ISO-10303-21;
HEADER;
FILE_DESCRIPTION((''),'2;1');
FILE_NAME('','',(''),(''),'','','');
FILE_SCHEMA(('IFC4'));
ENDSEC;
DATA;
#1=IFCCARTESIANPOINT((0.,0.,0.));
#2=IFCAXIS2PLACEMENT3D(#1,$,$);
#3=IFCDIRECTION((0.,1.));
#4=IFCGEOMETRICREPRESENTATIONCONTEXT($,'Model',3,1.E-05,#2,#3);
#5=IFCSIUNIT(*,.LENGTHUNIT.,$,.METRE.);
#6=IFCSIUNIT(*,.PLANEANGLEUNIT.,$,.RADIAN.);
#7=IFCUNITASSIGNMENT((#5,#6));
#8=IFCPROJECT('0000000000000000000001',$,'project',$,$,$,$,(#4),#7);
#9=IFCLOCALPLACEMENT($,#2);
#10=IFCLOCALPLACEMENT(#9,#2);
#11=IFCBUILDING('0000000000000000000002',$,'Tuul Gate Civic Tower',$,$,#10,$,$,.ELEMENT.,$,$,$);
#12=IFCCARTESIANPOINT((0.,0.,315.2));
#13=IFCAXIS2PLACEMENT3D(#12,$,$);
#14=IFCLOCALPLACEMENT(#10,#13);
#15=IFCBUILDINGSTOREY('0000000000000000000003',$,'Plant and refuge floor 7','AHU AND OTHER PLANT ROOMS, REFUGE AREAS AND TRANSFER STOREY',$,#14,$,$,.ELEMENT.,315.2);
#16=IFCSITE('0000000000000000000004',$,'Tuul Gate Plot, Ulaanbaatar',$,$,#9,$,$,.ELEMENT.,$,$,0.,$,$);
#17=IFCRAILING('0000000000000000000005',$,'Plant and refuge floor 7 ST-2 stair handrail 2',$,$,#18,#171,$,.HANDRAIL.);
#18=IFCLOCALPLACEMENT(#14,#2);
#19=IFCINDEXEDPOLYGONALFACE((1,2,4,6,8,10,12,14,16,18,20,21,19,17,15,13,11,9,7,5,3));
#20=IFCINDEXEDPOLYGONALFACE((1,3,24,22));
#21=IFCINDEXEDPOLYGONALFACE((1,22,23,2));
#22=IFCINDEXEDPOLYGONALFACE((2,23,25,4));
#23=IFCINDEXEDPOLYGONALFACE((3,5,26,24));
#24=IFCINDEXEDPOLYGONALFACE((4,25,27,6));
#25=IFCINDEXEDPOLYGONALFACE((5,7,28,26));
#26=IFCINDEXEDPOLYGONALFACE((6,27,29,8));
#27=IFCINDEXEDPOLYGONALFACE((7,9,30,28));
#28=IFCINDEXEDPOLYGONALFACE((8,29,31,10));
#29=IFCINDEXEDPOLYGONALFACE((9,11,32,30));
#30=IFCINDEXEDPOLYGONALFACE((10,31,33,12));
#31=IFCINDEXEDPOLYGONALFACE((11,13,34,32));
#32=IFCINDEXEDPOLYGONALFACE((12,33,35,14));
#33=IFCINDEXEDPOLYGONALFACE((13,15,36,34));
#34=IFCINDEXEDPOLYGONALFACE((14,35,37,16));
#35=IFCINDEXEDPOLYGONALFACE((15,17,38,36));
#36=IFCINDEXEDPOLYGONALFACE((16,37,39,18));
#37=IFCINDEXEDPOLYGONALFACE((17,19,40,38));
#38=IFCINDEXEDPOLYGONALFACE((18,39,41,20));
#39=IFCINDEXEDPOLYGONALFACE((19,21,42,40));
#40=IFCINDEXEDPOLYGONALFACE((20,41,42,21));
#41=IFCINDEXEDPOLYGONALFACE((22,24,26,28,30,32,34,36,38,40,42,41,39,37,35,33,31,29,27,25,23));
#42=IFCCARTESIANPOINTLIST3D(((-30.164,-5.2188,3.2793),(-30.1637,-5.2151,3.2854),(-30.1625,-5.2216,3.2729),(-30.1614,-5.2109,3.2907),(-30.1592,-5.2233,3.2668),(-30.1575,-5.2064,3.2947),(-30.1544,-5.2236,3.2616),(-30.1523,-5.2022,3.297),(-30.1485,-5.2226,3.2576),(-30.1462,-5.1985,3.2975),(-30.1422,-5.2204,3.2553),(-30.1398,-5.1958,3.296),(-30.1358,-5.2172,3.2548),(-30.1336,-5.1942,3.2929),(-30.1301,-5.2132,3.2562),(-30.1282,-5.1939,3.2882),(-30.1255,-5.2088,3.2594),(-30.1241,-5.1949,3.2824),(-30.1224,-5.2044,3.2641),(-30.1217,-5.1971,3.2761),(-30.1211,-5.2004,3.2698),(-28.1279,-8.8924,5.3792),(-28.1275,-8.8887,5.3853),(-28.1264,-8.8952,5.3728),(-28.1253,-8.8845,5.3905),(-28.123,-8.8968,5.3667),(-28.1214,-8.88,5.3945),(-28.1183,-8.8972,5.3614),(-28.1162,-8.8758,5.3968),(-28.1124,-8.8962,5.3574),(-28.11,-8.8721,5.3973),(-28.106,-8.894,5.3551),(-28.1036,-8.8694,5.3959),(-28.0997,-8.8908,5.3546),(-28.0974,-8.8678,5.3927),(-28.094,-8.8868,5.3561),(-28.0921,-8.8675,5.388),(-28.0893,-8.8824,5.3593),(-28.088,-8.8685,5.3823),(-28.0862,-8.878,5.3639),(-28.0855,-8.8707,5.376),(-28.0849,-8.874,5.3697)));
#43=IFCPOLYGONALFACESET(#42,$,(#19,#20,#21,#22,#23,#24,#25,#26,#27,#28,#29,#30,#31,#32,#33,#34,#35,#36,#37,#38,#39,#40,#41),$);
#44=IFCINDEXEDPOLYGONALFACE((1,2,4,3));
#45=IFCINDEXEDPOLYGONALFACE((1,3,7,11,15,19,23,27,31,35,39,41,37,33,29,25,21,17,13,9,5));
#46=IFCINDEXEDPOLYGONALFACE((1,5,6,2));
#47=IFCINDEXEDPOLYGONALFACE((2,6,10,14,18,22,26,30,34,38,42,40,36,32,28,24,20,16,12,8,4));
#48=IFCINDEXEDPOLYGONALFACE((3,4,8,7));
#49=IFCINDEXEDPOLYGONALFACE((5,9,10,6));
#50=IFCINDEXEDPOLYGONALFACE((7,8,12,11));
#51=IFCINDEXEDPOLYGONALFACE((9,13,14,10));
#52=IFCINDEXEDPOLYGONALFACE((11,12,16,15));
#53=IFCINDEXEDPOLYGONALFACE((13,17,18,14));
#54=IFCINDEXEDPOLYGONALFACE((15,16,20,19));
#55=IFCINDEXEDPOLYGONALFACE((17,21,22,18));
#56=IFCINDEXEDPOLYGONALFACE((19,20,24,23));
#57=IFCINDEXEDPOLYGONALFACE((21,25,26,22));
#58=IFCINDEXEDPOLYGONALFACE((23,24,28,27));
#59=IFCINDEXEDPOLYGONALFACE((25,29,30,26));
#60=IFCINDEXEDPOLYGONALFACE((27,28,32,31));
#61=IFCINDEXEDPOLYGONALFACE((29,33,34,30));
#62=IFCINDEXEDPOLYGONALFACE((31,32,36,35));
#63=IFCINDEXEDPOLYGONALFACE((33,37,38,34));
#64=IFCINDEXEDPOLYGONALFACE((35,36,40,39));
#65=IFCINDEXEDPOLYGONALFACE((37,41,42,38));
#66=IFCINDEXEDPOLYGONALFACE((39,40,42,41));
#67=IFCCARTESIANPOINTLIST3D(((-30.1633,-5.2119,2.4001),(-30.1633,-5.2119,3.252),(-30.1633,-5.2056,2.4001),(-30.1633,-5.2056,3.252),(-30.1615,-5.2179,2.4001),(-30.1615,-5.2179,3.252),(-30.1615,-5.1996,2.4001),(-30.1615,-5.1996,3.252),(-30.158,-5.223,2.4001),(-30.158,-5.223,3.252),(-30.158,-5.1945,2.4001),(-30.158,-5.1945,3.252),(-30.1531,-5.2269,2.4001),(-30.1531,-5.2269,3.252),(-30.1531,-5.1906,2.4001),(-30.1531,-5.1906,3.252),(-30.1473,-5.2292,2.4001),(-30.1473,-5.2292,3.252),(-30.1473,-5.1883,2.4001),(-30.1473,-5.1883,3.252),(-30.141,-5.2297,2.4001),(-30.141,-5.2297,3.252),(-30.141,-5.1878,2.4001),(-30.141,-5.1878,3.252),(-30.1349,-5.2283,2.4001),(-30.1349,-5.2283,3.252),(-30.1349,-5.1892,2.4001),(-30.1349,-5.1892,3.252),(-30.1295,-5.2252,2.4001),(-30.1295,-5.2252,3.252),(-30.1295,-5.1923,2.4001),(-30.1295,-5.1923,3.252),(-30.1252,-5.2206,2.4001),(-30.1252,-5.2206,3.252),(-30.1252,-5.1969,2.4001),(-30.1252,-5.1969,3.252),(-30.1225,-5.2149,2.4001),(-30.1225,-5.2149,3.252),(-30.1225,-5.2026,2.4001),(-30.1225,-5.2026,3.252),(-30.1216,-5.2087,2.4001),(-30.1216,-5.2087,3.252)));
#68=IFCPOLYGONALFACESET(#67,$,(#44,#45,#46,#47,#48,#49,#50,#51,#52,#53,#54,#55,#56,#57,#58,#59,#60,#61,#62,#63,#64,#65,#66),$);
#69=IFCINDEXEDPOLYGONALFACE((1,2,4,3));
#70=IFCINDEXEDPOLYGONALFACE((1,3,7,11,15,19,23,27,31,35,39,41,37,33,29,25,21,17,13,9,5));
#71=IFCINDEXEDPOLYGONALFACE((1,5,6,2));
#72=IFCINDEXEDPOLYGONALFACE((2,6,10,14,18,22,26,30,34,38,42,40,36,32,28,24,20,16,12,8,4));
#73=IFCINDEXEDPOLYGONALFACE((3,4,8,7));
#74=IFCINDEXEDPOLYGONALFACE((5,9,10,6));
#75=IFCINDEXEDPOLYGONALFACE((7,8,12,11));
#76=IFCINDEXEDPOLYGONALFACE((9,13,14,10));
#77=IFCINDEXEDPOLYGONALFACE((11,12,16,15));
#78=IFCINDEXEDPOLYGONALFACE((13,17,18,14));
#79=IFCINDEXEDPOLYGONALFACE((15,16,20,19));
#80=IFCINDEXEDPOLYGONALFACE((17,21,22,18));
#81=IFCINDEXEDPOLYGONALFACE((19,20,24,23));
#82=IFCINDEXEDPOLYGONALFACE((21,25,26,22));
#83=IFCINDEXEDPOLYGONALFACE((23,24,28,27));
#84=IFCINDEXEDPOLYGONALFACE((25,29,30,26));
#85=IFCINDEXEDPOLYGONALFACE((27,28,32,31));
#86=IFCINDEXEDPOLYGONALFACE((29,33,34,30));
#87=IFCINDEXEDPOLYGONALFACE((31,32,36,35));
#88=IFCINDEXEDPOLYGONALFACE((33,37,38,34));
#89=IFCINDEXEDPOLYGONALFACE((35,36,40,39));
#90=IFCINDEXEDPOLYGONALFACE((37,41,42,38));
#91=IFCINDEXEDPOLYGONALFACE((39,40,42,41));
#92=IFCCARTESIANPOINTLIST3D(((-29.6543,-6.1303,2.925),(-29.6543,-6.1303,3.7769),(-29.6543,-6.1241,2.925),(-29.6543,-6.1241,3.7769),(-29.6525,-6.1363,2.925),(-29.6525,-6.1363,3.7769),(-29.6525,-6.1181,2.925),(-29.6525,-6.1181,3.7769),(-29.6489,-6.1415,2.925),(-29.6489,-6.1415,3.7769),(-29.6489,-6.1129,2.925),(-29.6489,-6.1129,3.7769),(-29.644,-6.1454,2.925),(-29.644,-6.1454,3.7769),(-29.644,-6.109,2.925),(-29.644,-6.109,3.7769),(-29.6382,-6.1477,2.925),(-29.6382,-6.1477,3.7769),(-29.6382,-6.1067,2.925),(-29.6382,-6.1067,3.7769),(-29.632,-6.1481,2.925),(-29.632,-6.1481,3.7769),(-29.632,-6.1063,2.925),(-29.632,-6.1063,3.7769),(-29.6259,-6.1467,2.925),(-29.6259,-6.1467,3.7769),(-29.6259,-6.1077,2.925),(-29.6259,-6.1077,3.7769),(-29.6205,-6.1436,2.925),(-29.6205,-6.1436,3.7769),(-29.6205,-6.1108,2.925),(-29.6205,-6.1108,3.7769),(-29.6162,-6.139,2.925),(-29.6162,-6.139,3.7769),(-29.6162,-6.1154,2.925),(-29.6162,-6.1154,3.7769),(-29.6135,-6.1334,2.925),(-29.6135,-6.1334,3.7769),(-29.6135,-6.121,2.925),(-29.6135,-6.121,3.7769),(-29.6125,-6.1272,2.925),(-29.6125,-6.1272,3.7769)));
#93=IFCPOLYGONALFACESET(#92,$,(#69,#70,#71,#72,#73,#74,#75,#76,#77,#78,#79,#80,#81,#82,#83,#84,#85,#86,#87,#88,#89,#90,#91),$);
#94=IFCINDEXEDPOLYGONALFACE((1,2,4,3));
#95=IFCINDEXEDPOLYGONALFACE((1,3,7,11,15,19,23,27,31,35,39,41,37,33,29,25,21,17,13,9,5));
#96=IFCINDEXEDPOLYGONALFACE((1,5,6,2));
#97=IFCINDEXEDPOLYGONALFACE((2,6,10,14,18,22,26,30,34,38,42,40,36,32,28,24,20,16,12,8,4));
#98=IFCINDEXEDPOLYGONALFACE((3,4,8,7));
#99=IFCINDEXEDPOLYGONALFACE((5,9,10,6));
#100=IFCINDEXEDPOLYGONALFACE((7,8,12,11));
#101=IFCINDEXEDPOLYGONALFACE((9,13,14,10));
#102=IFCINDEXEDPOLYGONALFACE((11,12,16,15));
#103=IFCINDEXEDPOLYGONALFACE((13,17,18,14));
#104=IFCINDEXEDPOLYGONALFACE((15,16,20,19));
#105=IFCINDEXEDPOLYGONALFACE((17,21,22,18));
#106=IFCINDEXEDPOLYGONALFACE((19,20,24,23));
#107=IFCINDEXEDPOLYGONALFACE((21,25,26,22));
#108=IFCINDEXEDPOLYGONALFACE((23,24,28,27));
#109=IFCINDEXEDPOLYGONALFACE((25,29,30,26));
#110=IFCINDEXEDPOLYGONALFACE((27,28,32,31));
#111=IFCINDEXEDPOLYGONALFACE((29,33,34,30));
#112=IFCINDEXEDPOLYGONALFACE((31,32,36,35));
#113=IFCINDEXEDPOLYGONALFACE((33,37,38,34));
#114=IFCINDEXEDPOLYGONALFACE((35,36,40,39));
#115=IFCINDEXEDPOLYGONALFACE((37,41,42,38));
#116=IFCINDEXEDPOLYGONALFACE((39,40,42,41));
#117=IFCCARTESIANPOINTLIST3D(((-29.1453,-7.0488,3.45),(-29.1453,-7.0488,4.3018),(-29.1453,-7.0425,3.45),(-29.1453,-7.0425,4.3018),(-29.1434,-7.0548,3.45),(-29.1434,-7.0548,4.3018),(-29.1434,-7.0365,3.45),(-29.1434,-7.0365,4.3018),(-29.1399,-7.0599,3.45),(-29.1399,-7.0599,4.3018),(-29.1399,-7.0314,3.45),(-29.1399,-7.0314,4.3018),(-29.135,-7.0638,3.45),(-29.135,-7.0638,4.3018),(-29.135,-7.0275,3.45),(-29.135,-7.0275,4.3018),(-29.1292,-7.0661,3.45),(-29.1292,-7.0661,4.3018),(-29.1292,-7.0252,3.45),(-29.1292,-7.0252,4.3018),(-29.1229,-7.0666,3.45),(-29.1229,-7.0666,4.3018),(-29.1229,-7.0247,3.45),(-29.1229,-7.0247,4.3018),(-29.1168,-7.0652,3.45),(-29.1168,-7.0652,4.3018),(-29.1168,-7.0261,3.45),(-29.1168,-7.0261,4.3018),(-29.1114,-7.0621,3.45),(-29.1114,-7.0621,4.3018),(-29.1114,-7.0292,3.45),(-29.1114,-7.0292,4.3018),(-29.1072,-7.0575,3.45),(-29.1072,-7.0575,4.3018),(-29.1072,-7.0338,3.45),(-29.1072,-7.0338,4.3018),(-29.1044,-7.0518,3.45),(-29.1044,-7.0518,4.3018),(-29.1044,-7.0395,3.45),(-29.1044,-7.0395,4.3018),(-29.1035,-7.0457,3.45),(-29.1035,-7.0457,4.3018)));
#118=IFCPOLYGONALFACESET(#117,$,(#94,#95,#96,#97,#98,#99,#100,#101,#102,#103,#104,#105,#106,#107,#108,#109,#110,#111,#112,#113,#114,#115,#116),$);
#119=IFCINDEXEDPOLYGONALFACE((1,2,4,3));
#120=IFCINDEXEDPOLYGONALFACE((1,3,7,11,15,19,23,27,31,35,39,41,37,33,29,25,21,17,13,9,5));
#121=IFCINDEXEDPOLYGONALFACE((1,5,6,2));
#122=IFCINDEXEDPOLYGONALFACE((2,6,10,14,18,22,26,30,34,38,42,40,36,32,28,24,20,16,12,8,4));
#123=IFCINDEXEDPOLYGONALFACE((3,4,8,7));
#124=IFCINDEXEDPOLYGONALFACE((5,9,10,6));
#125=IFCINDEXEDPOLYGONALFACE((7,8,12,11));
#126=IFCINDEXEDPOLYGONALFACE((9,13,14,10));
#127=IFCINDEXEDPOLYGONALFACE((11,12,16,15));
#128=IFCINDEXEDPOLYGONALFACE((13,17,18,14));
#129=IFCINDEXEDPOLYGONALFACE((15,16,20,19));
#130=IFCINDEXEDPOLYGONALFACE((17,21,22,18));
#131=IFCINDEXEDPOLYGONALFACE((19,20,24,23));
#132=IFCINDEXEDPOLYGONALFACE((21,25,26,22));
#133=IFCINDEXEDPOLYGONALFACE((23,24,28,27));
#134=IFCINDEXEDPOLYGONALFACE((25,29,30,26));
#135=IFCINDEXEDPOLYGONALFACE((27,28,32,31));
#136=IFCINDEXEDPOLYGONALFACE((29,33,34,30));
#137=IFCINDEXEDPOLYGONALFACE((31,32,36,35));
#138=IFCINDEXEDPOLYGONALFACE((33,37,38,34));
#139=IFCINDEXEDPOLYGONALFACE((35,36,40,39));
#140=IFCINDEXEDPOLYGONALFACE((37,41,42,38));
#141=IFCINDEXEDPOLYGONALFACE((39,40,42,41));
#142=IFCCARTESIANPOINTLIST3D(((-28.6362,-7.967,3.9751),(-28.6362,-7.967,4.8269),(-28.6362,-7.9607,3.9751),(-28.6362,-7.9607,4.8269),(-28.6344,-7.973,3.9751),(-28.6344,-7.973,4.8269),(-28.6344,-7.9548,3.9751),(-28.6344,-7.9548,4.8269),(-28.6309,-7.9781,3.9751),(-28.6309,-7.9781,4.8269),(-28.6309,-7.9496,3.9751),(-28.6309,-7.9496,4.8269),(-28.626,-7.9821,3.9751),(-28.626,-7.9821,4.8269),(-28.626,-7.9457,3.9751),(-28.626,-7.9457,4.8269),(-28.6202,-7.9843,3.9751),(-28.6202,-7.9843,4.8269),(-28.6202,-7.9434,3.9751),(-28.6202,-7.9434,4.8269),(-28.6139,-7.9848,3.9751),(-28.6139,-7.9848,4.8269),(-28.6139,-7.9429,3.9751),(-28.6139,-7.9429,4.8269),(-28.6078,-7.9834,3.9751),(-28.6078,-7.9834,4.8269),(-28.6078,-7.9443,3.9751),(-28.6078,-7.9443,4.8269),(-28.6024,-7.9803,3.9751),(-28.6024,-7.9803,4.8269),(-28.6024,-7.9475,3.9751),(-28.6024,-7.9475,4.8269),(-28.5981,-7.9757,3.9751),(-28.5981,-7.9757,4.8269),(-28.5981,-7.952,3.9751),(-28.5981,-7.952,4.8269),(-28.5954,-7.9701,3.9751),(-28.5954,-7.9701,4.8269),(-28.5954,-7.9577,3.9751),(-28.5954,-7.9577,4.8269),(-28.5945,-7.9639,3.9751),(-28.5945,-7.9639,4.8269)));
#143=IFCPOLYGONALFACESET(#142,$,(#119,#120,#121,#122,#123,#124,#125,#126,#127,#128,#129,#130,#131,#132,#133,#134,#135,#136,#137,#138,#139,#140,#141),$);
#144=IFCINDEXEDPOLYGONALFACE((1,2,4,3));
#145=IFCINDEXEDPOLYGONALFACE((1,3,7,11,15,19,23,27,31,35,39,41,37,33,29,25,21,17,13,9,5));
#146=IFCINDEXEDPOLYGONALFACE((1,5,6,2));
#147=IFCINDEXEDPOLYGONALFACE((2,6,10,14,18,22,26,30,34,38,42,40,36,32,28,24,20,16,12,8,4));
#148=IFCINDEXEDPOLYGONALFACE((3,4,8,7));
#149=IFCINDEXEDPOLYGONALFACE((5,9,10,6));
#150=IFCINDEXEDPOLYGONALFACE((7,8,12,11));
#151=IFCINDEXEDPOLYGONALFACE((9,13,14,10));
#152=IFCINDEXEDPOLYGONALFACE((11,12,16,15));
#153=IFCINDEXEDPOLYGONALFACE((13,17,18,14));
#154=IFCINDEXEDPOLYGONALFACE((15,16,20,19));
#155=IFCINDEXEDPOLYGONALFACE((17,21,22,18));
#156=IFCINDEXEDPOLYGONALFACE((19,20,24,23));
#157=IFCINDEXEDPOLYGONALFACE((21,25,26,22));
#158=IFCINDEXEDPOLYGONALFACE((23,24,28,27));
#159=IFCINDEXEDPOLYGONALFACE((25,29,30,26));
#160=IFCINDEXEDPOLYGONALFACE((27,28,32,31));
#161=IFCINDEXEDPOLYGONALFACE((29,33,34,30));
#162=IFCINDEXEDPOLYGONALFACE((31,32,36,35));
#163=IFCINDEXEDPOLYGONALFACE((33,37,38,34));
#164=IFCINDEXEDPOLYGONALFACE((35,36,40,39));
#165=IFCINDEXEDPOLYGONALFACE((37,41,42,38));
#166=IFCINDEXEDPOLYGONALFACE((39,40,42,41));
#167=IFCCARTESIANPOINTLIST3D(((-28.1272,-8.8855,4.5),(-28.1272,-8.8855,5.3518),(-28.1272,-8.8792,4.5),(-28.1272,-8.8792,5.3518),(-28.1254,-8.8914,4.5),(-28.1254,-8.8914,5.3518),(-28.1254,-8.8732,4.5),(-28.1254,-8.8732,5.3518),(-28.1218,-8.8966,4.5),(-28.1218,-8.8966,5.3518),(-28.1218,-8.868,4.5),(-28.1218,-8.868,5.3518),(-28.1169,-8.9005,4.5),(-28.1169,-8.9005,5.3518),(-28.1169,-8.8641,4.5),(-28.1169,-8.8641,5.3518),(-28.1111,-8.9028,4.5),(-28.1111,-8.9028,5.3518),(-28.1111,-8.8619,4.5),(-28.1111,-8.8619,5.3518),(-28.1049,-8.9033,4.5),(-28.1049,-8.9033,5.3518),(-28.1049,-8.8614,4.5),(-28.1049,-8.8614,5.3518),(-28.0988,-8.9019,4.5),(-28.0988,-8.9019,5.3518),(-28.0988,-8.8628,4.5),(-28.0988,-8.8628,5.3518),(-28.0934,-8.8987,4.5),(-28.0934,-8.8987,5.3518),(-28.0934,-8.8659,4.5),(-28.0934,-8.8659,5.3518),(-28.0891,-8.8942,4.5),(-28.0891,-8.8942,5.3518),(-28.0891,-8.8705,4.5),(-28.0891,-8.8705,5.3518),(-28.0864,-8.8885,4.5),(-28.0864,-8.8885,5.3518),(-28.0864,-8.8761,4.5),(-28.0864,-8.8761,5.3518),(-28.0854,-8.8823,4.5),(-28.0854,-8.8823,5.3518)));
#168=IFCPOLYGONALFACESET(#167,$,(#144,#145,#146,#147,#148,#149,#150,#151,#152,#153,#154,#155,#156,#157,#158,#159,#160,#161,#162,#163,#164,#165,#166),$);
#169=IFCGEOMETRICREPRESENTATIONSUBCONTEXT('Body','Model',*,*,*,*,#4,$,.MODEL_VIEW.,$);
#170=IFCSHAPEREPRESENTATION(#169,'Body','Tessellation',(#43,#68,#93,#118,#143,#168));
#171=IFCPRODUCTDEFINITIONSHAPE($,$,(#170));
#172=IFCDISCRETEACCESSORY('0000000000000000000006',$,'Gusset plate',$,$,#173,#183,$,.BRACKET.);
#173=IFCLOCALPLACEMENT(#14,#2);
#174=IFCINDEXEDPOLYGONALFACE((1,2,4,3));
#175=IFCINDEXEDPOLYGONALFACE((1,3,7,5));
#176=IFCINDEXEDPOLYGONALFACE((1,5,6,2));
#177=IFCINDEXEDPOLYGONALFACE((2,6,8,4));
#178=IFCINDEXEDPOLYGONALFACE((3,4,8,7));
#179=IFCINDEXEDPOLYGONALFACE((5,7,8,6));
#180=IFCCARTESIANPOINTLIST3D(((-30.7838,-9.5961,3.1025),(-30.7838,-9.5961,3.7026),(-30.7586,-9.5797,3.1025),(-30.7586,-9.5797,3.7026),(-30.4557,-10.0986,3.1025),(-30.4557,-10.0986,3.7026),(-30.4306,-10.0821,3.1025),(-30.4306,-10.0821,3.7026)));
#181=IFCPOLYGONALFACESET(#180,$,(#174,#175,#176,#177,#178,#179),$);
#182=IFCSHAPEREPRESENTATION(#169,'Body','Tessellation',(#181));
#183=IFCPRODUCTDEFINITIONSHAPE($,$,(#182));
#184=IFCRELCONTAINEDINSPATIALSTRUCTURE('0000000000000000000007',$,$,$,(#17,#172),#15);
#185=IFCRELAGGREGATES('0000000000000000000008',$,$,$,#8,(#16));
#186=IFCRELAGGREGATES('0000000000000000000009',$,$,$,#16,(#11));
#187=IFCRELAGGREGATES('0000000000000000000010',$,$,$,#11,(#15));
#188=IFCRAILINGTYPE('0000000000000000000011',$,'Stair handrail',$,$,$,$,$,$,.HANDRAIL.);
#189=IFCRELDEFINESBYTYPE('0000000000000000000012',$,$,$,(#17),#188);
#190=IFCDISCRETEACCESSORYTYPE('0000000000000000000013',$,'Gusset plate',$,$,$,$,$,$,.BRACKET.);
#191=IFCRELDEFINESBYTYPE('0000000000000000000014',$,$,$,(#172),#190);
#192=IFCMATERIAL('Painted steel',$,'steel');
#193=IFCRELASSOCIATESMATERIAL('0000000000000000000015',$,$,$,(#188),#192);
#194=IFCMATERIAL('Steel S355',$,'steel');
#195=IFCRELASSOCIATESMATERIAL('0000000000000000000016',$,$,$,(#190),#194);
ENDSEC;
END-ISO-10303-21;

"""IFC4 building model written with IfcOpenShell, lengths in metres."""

from ifc_helpers import new_model, si_unit, direction, frame, origin, origin_2d, place, context, subcontext, project, spatial, rectangle, circle, extrude, material, type_object, element, save


model = new_model("IFC4")

# Units and contexts
model_context = context("Model", 3, precision=1e-05, world=origin(), true_north=direction((0.0, 1.0)))
body_context = subcontext(model_context, "Body", "Model", "MODEL_VIEW")
ifc_project = project(units=[si_unit("LENGTHUNIT", "METRE"), si_unit("PLANEANGLEUNIT", "RADIAN")], contexts=[model_context])

# Site, building, storey
site_placement = place(None, origin())
site = spatial("IfcSite", under=ifc_project, at=site_placement, Name="Tuul Gate Plot, Ulaanbaatar", CompositionType="ELEMENT", RefElevation=0.0)
building_placement = place(site_placement, origin())
building = spatial("IfcBuilding", under=site, at=building_placement, Name="Tuul Gate Civic Tower", CompositionType="ELEMENT")
storey_placement = place(building_placement, frame((0.0, 0.0, 315.2)))
storey = spatial("IfcBuildingStorey", under=building, at=storey_placement, Name="Plant and refuge floor 7", Description="AHU AND OTHER PLANT ROOMS, REFUGE AREAS AND TRANSFER STOREY", CompositionType="ELEMENT", Elevation=315.2)

# Railing
ifc_material_1 = material(Name="Painted steel", Category="steel")
railing_type_1 = type_object("IfcRailingType", Name="Stair handrail", PredefinedType="HANDRAIL", material=ifc_material_1)
railing_1_placement = place(storey_placement, frame((-30.1426, -5.2087, 2.4001)))
element("IfcRailing", 1, at=railing_1_placement, inside=storey, type_object=railing_type_1, Name="Plant and refuge floor 7 ST-2 stair handrail 2", PredefinedType="HANDRAIL", context=body_context, shape_type="SweptSolid", body=[
    extrude(circle(Radius=0.0239, at=origin_2d()), frame((0.0, 0.0, 0.876), z_axis=(0.433608, -0.782314, 0.447178), x_axis=(0.874637, 0.484779, 0.0)), (0.0, 0.0, 1.0), 4.6958),
    extrude(circle(Radius=0.021, at=origin_2d()), origin(), (0.0, 0.0, 1.0), 0.8518),
    extrude(circle(Radius=0.021, at=origin_2d()), frame((0.509, -0.9185, 0.5249)), (0.0, 0.0, 1.0), 0.8518),
    extrude(circle(Radius=0.021, at=origin_2d()), frame((1.0181, -1.8369, 1.0498)), (0.0, 0.0, 1.0), 0.8518),
    extrude(circle(Radius=0.021, at=origin_2d()), frame((1.5271, -2.7551, 1.575)), (0.0, 0.0, 1.0), 0.8518),
    extrude(circle(Radius=0.021, at=origin_2d()), frame((2.0361, -3.6736, 2.0999)), (0.0, 0.0, 1.0), 0.8518),
])

# Discrete accessory
ifc_material_2 = material(Name="Steel S355", Category="steel")
discrete_accessory_type = type_object("IfcDiscreteAccessoryType", Name="Gusset plate", PredefinedType="BRACKET", material=ifc_material_2)
discrete_accessory_placement = place(storey_placement, frame((-30.6072, -9.8391, 3.1025), z_axis=(0.0, 0.0, 1.0), x_axis=(-0.546711, 0.837322, 0.0)))
element("IfcDiscreteAccessory", 2, at=discrete_accessory_placement, inside=storey, type_object=discrete_accessory_type, Name="Gusset plate", PredefinedType="BRACKET", context=body_context, shape_type="SweptSolid", body=[
    extrude(rectangle(XDim=0.6001, YDim=0.03, at=origin_2d()), origin(), (0.0, 0.0, 1.0), 0.6001),
])

save(model, "model.ifc")
